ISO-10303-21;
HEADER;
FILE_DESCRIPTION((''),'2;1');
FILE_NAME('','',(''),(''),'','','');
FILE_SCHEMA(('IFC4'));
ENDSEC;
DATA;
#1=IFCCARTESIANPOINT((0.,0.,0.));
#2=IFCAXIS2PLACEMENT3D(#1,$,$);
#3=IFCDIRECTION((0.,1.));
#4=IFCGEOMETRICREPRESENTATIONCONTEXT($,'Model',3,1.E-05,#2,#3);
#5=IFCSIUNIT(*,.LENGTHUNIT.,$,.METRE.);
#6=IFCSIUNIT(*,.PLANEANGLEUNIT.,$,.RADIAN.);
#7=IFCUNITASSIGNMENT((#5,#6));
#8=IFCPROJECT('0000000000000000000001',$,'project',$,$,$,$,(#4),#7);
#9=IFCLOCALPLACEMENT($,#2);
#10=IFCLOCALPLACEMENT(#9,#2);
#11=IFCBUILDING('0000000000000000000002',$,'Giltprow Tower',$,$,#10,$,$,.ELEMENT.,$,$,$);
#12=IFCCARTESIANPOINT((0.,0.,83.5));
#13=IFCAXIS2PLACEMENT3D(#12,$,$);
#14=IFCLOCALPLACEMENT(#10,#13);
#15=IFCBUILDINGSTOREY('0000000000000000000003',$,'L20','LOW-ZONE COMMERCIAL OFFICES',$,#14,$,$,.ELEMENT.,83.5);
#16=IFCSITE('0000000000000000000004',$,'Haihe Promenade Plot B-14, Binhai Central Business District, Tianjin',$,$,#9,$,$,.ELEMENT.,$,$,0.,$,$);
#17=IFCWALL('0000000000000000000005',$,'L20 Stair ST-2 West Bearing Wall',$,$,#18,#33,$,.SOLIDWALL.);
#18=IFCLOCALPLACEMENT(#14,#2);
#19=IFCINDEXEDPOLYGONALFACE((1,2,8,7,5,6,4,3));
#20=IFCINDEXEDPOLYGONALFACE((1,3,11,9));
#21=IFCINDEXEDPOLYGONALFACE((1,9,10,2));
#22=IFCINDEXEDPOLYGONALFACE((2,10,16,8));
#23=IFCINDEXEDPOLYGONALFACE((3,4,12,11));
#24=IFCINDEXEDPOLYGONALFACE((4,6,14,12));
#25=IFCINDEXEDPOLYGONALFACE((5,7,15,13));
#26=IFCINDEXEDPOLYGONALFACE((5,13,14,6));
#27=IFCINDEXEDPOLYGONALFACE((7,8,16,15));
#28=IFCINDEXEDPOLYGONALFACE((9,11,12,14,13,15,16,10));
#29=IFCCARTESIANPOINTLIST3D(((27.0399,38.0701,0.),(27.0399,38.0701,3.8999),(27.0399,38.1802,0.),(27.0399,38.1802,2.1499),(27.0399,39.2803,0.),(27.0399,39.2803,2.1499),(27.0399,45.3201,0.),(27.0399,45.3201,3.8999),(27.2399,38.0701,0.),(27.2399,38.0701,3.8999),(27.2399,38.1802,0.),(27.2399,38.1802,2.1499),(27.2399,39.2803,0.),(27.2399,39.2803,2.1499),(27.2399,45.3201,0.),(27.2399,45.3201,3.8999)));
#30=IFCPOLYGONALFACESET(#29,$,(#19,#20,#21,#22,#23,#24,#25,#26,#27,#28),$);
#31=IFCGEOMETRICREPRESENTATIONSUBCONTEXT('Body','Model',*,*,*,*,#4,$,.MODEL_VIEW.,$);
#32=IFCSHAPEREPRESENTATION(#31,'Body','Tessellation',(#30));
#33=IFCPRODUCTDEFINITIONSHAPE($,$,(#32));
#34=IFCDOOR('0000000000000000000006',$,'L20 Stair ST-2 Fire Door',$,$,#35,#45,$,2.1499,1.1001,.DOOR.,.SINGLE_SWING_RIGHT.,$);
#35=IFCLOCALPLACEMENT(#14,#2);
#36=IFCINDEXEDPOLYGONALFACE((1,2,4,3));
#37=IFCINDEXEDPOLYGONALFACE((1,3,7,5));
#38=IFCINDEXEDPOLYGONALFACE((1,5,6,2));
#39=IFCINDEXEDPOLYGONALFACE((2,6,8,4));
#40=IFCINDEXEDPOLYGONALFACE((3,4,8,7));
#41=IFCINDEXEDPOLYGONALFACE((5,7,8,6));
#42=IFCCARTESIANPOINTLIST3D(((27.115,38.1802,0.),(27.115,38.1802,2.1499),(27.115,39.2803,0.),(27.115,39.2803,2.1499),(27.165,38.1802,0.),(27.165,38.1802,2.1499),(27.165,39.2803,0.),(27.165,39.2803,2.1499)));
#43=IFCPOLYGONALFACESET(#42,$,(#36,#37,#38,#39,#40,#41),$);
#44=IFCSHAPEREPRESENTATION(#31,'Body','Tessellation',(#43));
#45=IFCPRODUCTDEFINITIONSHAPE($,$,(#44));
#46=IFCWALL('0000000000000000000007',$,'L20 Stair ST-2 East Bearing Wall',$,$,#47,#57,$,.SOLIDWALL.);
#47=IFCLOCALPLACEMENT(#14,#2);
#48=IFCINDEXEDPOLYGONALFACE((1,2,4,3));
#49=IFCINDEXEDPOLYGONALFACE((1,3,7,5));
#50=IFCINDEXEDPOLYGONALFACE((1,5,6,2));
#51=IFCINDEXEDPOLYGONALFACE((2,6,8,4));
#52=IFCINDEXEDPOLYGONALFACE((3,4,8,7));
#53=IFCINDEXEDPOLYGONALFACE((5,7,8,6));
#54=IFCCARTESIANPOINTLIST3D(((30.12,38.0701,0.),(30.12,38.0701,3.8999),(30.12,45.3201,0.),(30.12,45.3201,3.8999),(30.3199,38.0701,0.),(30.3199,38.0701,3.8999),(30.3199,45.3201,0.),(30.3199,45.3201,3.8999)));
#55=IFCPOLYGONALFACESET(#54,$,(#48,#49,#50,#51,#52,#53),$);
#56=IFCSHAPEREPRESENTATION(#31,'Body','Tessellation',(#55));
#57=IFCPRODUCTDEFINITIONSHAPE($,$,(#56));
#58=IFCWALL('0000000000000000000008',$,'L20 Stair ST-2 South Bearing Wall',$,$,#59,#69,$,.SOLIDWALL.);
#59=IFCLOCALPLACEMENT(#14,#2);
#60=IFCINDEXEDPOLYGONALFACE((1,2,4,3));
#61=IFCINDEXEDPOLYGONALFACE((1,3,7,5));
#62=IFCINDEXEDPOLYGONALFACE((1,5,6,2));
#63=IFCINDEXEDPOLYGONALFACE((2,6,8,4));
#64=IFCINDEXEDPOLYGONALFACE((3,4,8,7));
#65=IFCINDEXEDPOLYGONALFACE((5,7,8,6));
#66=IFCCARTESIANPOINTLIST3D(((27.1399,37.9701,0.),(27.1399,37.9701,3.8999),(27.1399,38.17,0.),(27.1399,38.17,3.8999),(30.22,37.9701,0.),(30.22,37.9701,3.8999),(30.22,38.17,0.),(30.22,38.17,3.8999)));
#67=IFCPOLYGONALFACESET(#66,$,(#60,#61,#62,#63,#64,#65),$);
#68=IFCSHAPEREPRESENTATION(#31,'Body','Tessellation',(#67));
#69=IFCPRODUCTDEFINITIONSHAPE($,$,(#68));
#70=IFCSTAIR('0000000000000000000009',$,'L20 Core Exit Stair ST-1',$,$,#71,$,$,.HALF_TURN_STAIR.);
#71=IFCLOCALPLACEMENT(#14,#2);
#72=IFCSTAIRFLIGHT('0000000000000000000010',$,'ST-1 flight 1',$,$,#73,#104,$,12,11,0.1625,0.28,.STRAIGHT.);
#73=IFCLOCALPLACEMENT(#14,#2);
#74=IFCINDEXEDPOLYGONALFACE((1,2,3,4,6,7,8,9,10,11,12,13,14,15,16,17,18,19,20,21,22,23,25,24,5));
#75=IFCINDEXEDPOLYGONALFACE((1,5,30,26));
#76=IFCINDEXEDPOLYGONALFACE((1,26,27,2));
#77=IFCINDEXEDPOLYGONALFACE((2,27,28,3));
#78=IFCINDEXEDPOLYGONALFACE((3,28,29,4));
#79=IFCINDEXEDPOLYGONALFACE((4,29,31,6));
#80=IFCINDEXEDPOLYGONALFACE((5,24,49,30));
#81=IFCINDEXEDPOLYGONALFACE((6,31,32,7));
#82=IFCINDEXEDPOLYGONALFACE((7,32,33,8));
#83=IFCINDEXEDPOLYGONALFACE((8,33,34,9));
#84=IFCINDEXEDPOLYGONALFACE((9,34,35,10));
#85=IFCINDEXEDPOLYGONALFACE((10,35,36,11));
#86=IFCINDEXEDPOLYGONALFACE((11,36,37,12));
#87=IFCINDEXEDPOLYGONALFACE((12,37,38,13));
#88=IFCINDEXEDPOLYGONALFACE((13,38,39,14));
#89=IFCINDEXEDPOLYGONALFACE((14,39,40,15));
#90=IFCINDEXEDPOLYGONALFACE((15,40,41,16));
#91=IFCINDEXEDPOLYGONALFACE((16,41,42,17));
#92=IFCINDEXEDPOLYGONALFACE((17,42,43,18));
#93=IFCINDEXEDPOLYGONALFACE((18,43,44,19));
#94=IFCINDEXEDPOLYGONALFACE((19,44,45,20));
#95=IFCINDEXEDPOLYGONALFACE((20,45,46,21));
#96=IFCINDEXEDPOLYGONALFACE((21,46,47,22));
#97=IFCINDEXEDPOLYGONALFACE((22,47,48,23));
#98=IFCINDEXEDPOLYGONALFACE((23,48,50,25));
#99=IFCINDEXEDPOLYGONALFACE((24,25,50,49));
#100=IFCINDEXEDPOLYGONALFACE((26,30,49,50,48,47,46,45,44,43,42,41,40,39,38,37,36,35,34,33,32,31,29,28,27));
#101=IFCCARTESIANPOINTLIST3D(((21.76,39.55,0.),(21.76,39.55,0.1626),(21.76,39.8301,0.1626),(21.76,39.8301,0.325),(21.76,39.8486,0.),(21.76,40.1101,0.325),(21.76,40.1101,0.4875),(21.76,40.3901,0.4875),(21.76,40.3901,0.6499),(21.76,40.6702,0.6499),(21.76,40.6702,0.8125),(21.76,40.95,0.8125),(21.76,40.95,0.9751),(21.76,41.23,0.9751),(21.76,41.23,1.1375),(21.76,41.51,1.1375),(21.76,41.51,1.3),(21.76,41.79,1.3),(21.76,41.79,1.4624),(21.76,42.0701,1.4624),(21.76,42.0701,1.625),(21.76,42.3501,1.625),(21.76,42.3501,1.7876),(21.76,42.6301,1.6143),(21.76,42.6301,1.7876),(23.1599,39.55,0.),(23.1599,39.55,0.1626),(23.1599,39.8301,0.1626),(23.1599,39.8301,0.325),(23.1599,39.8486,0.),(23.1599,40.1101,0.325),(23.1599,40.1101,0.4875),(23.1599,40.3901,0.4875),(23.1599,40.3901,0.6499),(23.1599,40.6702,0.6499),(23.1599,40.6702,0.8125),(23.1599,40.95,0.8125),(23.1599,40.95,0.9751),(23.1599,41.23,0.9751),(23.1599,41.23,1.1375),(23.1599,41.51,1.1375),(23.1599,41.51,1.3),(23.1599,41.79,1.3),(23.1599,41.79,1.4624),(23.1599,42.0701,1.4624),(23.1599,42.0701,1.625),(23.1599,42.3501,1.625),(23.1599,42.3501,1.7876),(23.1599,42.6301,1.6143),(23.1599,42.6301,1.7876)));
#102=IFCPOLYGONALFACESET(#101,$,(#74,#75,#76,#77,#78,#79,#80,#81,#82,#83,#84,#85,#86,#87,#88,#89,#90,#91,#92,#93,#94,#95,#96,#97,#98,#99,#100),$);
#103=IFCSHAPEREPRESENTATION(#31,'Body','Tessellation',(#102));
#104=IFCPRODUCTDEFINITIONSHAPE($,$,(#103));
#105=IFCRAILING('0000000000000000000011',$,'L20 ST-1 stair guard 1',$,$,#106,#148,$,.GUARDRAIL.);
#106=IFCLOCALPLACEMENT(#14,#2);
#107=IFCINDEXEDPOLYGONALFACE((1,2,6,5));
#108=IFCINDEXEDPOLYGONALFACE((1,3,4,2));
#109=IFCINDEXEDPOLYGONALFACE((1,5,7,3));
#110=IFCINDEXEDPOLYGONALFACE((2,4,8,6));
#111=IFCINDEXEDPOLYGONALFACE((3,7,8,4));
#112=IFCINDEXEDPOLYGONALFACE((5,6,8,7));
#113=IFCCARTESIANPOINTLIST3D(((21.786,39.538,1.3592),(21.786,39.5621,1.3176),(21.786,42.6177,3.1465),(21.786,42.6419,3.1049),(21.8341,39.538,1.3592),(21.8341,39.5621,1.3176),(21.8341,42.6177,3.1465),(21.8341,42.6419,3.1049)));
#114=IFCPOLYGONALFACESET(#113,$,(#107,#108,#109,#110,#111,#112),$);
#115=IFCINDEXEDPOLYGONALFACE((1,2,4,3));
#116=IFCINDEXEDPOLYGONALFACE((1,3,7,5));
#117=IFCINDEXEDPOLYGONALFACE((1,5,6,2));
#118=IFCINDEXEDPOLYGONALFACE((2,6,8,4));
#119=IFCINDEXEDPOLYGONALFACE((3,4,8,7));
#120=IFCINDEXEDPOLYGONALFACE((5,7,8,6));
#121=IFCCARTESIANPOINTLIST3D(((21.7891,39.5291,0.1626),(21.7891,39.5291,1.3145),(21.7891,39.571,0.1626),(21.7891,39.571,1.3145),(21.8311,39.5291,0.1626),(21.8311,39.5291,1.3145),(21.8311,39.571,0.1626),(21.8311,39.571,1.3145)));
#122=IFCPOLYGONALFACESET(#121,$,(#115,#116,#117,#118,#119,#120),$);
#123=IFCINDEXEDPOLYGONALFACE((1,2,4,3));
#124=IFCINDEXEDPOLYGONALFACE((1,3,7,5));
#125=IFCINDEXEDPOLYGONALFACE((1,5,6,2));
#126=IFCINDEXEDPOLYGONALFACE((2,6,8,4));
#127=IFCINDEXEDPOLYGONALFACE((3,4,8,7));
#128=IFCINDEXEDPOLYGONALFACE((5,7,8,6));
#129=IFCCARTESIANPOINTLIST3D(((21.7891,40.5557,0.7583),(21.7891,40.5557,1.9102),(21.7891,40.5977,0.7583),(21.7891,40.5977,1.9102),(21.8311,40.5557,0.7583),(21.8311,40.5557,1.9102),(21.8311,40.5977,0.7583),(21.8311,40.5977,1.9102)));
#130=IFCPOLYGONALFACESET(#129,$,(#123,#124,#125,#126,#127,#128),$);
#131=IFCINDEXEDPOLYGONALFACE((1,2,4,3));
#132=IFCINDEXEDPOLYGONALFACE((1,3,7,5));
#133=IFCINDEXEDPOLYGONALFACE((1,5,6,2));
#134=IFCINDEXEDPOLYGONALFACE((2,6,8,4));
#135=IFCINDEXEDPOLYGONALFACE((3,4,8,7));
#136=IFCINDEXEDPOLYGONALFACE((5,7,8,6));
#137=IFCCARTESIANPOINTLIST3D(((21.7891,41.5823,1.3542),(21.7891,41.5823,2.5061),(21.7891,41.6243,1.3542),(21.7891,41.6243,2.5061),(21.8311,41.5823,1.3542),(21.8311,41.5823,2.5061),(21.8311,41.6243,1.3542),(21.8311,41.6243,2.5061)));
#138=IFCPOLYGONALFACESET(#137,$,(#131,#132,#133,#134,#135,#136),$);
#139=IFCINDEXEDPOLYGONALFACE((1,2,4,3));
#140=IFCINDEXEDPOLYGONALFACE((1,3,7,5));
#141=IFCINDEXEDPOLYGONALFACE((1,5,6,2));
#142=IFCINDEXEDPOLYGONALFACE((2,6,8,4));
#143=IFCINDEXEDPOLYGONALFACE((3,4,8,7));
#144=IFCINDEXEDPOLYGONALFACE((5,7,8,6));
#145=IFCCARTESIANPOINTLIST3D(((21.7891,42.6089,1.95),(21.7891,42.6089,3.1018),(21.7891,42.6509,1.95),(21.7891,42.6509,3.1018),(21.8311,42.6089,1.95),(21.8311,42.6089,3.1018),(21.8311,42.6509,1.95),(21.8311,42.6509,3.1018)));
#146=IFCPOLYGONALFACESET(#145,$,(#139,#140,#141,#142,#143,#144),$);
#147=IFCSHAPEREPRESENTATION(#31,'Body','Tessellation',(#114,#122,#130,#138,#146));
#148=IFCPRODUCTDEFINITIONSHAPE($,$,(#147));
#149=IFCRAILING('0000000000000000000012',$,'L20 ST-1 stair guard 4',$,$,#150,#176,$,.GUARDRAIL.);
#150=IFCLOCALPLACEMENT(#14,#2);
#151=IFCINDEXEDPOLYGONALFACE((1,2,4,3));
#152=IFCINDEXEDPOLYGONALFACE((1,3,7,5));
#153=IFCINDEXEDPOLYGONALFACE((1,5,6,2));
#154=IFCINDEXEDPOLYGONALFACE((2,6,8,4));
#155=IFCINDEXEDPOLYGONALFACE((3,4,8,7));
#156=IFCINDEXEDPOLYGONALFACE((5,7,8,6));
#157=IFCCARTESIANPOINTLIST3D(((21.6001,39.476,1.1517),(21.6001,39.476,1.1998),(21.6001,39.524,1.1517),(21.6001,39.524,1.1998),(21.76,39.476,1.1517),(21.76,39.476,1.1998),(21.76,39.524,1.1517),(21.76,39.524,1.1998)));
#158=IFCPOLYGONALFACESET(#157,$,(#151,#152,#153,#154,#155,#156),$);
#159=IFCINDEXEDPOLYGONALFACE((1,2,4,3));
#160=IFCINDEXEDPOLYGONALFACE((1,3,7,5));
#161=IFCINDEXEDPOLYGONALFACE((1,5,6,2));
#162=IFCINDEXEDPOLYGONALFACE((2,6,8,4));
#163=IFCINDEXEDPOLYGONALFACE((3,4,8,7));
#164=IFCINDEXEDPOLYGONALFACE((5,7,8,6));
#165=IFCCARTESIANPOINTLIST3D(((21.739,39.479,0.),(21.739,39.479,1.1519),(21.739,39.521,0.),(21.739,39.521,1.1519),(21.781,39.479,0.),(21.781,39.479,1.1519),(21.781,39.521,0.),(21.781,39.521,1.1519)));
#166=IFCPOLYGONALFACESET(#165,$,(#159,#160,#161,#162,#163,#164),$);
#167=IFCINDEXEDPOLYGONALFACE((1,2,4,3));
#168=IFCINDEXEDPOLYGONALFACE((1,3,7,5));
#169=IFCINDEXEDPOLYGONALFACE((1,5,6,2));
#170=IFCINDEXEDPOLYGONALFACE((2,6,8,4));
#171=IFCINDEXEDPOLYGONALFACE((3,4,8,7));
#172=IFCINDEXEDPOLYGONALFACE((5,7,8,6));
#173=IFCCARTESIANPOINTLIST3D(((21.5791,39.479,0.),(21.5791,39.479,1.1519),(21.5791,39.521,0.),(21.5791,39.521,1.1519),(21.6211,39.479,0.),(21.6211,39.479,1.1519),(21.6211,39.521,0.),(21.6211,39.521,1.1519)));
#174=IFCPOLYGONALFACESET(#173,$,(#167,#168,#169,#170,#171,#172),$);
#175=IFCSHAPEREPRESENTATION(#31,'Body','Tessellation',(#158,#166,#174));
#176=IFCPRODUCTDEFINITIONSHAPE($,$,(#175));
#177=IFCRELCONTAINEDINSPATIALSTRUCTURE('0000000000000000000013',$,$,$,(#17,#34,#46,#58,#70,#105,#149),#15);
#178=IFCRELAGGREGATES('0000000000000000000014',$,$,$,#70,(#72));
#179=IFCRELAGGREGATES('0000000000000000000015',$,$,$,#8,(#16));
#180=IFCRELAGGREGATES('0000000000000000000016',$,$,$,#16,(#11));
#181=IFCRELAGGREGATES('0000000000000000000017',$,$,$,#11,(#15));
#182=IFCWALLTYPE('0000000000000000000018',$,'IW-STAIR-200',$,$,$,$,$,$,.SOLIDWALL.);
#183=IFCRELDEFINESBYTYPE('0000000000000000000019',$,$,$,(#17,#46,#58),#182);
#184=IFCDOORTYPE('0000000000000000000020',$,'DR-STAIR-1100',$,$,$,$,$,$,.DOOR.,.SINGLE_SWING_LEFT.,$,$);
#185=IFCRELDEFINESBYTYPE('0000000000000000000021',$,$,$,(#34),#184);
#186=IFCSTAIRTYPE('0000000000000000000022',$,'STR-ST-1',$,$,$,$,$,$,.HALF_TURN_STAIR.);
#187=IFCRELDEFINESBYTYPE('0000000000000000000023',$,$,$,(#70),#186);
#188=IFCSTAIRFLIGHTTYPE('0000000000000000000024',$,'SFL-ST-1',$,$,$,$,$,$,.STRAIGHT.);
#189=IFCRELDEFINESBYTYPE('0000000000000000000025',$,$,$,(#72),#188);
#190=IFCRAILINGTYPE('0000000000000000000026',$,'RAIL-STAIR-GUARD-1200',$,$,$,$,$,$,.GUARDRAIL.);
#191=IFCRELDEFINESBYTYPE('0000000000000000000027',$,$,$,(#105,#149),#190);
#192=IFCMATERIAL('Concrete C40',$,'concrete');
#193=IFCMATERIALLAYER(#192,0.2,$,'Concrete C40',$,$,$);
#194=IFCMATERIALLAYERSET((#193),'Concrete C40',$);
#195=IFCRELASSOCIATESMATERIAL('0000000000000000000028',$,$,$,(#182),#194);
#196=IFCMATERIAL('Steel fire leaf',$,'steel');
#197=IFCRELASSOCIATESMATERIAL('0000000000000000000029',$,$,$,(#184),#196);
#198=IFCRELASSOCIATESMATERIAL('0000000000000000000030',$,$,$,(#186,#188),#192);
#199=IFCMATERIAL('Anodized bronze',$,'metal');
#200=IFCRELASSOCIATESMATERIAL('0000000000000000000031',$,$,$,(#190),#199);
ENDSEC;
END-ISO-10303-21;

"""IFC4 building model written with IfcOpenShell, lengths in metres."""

from ifc_helpers import new_model, si_unit, direction, frame, frame_2d, origin, origin_2d, place, context, subcontext, project, spatial, polyline, rectangle, outline, extrude, source, transform, mapped, material, layer, layer_set, type_object, element, fill, aggregate, save


model = new_model("IFC4")

# Units and contexts
model_context = context("Model", 3, precision=1e-05, world=origin(), true_north=direction((0.0, 1.0)))
body_context = subcontext(model_context, "Body", "Model", "MODEL_VIEW")
ifc_project = project(units=[si_unit("LENGTHUNIT", "METRE"), si_unit("PLANEANGLEUNIT", "RADIAN")], contexts=[model_context])

# Site, building, storey
site_placement = place(None, origin())
site = spatial("IfcSite", under=ifc_project, at=site_placement, Name="Haihe Promenade Plot B-14, Binhai Central Business District, Tianjin", CompositionType="ELEMENT", RefElevation=0.0)
building_placement = place(site_placement, origin())
building = spatial("IfcBuilding", under=site, at=building_placement, Name="Giltprow Tower", CompositionType="ELEMENT")
storey_placement = place(building_placement, frame((0.0, 0.0, 83.5)))
storey = spatial("IfcBuildingStorey", under=building, at=storey_placement, Name="L20", Description="LOW-ZONE COMMERCIAL OFFICES", CompositionType="ELEMENT", Elevation=83.5)

# Wall, opening, door
ifc_material_1 = material(Name="Concrete C40", Category="concrete")
ifc_layer_1 = layer(ifc_material_1, 0.2, Name="Concrete C40")
ifc_layer_set_1 = layer_set([ifc_layer_1], Name="Concrete C40")
wall_type_1 = type_object("IfcWallType", Name="IW-STAIR-200", PredefinedType="SOLIDWALL", material=ifc_layer_set_1)
ifc_material_2 = material(Name="Steel fire leaf", Category="steel")
door_type_1 = type_object("IfcDoorType", Name="DR-STAIR-1100", OperationType="SINGLE_SWING_LEFT", PredefinedType="DOOR", material=ifc_material_2)
shared_shape_1 = source(origin(), body_context, "Body", "SweptSolid", [
    extrude(rectangle(XDim=1.1001, YDim=2.1499, at=frame_2d((0.55, 1.075))), frame((0.0, 0.0249, 0.0), z_axis=(0.0, -1.0, 0.0), x_axis=(1.0, 0.0, 0.0)), (0.0, 0.0, 1.0), 0.05),
])
wall_1_placement = place(storey_placement, frame((27.1399, 38.0701, 0.0), z_axis=(0.0, 0.0, 1.0), x_axis=(0.0, 1.0, 0.0)))
wall_1 = element("IfcWall", 1, at=wall_1_placement, inside=storey, type_object=wall_type_1, Name="L20 Stair ST-2 West Bearing Wall", PredefinedType="SOLIDWALL", context=body_context, shape_type="SweptSolid", body=[
    extrude(rectangle(XDim=7.25, YDim=0.2, at=frame_2d((3.625, 0.0))), origin(), (0.0, 0.0, 1.0), 3.8999),
])
opening_1_placement = place(wall_1_placement, frame((0.1101, 0.0, 0.0)))
opening_1 = element("IfcOpeningElement", 2, at=opening_1_placement, cuts=wall_1, PredefinedType="OPENING", context=body_context, shape_type="SweptSolid", body=[
    extrude(rectangle(XDim=1.1001, YDim=2.1499, at=frame_2d((0.55, 1.075))), frame((0.0, 0.1099, 0.0), z_axis=(0.0, -1.0, 0.0), x_axis=(1.0, 0.0, 0.0)), (0.0, 0.0, 1.0), 0.22),
])
door_1_placement = place(opening_1_placement, origin())
door_1 = element("IfcDoor", 3, at=door_1_placement, inside=storey, type_object=door_type_1, Name="L20 Stair ST-2 Fire Door", OperationType="SINGLE_SWING_RIGHT", OverallHeight=2.1499, OverallWidth=1.1001, PredefinedType="DOOR", context=body_context, shape_type="MappedRepresentation", body=[
    mapped(shared_shape_1, transform((0.0, 0.0, 0.0), x_axis=(1.0, 0.0, 0.0), y_axis=(0.0, 1.0, 0.0), z_axis=(0.0, 0.0, 1.0), scale=1.0)),
])
fill(opening_1, door_1)

# Walls
wall_2_placement = place(storey_placement, frame((30.22, 38.0701, 0.0), z_axis=(0.0, 0.0, 1.0), x_axis=(0.0, 1.0, 0.0)))
element("IfcWall", 4, at=wall_2_placement, inside=storey, type_object=wall_type_1, Name="L20 Stair ST-2 East Bearing Wall", PredefinedType="SOLIDWALL", context=body_context, shape_type="SweptSolid", body=[
    extrude(rectangle(XDim=7.25, YDim=0.2, at=frame_2d((3.625, 0.0))), origin(), (0.0, 0.0, 1.0), 3.8999),
])
wall_3_placement = place(storey_placement, frame((27.1399, 38.0701, 0.0), z_axis=(0.0, 0.0, 1.0), x_axis=(1.0, 0.0, 0.0)))
element("IfcWall", 5, at=wall_3_placement, inside=storey, type_object=wall_type_1, Name="L20 Stair ST-2 South Bearing Wall", PredefinedType="SOLIDWALL", context=body_context, shape_type="SweptSolid", body=[
    extrude(rectangle(XDim=3.0801, YDim=0.2, at=frame_2d((1.54, 0.0))), origin(), (0.0, 0.0, 1.0), 3.8999),
])

# Stair, stair flight
stair_type = type_object("IfcStairType", Name="STR-ST-1", PredefinedType="HALF_TURN_STAIR", material=ifc_material_1)
stair_placement = place(storey_placement, origin())
stair = element("IfcStair", 6, at=stair_placement, inside=storey, type_object=stair_type, Name="L20 Core Exit Stair ST-1", PredefinedType="HALF_TURN_STAIR")
stair_flight_type = type_object("IfcStairFlightType", Name="SFL-ST-1", PredefinedType="STRAIGHT", material=ifc_material_1)
stair_flight_placement = place(storey_placement, frame((22.46, 39.55, 0.0), z_axis=(0.0, 0.0, 1.0), x_axis=(0.0, 1.0, 0.0)))
stair_flight = element("IfcStairFlight", 7, at=stair_flight_placement, type_object=stair_flight_type, Name="ST-1 flight 1", NumberOfRisers=12, NumberOfTreads=11, PredefinedType="STRAIGHT", RiserHeight=0.1625, TreadLength=0.28, context=body_context, shape_type="SweptSolid", body=[
    extrude(outline(polyline([(0.0, 0.0), (0.0, 0.1626), (0.28, 0.1626), (0.28, 0.325), (0.5601, 0.325), (0.5601, 0.4875), (0.8401, 0.4875), (0.8401, 0.6499), (1.1201, 0.6499), (1.1201, 0.8125), (1.3999, 0.8125), (1.3999, 0.9751), (1.6799, 0.9751), (1.6799, 1.1375), (1.96, 1.1375), (1.96, 1.3), (2.24, 1.3), (2.24, 1.4624), (2.52, 1.4624), (2.52, 1.625), (2.8, 1.625), (2.8, 1.7876), (3.0801, 1.7876), (3.0801, 1.95), (3.0801, 1.6143), (0.2986, 0.0), (0.0, 0.0)])), frame((0.0, 0.7, 0.0), z_axis=(0.0, -1.0, 0.0), x_axis=(1.0, 0.0, 0.0)), (0.0, 0.0, 1.0), 1.3999),
])
aggregate(stair, [stair_flight])

# Railings
ifc_material_3 = material(Name="Anodized bronze", Category="metal")
railing_type_1 = type_object("IfcRailingType", Name="RAIL-STAIR-GUARD-1200", PredefinedType="GUARDRAIL", material=ifc_material_3)
railing_1_placement = place(storey_placement, frame((21.8101, 39.55, 0.1626)))
element("IfcRailing", 8, at=railing_1_placement, inside=storey, type_object=railing_type_1, Name="L20 ST-1 stair guard 1", PredefinedType="GUARDRAIL", context=body_context, shape_type="SweptSolid", body=[
    extrude(rectangle(XDim=0.0481, YDim=0.0481, at=origin_2d()), frame((0.0, 0.0, 1.1758), z_axis=(0.0, 0.864903, 0.501939), x_axis=(-1.0, 0.0, 0.0)), (0.0, 0.0, 1.0), 3.5608),
    extrude(rectangle(XDim=0.042, YDim=0.042, at=origin_2d()), origin(), (0.0, 0.0, 1.0), 1.1519),
    extrude(rectangle(XDim=0.042, YDim=0.042, at=origin_2d()), frame((0.0, 1.0266, 0.5957)), (0.0, 0.0, 1.0), 1.1519),
    extrude(rectangle(XDim=0.042, YDim=0.042, at=origin_2d()), frame((0.0, 2.0532, 1.1917)), (0.0, 0.0, 1.0), 1.1519),
    extrude(rectangle(XDim=0.042, YDim=0.042, at=origin_2d()), frame((0.0, 3.0798, 1.7874)), (0.0, 0.0, 1.0), 1.1519),
])
railing_2_placement = place(storey_placement, frame((21.76, 39.5, 0.0)))
element("IfcRailing", 9, at=railing_2_placement, inside=storey, type_object=railing_type_1, Name="L20 ST-1 stair guard 4", PredefinedType="GUARDRAIL", context=body_context, shape_type="SweptSolid", body=[
    extrude(rectangle(XDim=0.0481, YDim=0.0481, at=origin_2d()), frame((0.0, 0.0, 1.1758), z_axis=(-1.0, 0.0, 0.0), x_axis=(0.0, -1.0, 0.0)), (0.0, 0.0, 1.0), 0.1599),
    extrude(rectangle(XDim=0.042, YDim=0.042, at=origin_2d()), origin(), (0.0, 0.0, 1.0), 1.1519),
    extrude(rectangle(XDim=0.042, YDim=0.042, at=origin_2d()), frame((-0.1599, 0.0, 0.0)), (0.0, 0.0, 1.0), 1.1519),
])

save(model, "model.ifc")
